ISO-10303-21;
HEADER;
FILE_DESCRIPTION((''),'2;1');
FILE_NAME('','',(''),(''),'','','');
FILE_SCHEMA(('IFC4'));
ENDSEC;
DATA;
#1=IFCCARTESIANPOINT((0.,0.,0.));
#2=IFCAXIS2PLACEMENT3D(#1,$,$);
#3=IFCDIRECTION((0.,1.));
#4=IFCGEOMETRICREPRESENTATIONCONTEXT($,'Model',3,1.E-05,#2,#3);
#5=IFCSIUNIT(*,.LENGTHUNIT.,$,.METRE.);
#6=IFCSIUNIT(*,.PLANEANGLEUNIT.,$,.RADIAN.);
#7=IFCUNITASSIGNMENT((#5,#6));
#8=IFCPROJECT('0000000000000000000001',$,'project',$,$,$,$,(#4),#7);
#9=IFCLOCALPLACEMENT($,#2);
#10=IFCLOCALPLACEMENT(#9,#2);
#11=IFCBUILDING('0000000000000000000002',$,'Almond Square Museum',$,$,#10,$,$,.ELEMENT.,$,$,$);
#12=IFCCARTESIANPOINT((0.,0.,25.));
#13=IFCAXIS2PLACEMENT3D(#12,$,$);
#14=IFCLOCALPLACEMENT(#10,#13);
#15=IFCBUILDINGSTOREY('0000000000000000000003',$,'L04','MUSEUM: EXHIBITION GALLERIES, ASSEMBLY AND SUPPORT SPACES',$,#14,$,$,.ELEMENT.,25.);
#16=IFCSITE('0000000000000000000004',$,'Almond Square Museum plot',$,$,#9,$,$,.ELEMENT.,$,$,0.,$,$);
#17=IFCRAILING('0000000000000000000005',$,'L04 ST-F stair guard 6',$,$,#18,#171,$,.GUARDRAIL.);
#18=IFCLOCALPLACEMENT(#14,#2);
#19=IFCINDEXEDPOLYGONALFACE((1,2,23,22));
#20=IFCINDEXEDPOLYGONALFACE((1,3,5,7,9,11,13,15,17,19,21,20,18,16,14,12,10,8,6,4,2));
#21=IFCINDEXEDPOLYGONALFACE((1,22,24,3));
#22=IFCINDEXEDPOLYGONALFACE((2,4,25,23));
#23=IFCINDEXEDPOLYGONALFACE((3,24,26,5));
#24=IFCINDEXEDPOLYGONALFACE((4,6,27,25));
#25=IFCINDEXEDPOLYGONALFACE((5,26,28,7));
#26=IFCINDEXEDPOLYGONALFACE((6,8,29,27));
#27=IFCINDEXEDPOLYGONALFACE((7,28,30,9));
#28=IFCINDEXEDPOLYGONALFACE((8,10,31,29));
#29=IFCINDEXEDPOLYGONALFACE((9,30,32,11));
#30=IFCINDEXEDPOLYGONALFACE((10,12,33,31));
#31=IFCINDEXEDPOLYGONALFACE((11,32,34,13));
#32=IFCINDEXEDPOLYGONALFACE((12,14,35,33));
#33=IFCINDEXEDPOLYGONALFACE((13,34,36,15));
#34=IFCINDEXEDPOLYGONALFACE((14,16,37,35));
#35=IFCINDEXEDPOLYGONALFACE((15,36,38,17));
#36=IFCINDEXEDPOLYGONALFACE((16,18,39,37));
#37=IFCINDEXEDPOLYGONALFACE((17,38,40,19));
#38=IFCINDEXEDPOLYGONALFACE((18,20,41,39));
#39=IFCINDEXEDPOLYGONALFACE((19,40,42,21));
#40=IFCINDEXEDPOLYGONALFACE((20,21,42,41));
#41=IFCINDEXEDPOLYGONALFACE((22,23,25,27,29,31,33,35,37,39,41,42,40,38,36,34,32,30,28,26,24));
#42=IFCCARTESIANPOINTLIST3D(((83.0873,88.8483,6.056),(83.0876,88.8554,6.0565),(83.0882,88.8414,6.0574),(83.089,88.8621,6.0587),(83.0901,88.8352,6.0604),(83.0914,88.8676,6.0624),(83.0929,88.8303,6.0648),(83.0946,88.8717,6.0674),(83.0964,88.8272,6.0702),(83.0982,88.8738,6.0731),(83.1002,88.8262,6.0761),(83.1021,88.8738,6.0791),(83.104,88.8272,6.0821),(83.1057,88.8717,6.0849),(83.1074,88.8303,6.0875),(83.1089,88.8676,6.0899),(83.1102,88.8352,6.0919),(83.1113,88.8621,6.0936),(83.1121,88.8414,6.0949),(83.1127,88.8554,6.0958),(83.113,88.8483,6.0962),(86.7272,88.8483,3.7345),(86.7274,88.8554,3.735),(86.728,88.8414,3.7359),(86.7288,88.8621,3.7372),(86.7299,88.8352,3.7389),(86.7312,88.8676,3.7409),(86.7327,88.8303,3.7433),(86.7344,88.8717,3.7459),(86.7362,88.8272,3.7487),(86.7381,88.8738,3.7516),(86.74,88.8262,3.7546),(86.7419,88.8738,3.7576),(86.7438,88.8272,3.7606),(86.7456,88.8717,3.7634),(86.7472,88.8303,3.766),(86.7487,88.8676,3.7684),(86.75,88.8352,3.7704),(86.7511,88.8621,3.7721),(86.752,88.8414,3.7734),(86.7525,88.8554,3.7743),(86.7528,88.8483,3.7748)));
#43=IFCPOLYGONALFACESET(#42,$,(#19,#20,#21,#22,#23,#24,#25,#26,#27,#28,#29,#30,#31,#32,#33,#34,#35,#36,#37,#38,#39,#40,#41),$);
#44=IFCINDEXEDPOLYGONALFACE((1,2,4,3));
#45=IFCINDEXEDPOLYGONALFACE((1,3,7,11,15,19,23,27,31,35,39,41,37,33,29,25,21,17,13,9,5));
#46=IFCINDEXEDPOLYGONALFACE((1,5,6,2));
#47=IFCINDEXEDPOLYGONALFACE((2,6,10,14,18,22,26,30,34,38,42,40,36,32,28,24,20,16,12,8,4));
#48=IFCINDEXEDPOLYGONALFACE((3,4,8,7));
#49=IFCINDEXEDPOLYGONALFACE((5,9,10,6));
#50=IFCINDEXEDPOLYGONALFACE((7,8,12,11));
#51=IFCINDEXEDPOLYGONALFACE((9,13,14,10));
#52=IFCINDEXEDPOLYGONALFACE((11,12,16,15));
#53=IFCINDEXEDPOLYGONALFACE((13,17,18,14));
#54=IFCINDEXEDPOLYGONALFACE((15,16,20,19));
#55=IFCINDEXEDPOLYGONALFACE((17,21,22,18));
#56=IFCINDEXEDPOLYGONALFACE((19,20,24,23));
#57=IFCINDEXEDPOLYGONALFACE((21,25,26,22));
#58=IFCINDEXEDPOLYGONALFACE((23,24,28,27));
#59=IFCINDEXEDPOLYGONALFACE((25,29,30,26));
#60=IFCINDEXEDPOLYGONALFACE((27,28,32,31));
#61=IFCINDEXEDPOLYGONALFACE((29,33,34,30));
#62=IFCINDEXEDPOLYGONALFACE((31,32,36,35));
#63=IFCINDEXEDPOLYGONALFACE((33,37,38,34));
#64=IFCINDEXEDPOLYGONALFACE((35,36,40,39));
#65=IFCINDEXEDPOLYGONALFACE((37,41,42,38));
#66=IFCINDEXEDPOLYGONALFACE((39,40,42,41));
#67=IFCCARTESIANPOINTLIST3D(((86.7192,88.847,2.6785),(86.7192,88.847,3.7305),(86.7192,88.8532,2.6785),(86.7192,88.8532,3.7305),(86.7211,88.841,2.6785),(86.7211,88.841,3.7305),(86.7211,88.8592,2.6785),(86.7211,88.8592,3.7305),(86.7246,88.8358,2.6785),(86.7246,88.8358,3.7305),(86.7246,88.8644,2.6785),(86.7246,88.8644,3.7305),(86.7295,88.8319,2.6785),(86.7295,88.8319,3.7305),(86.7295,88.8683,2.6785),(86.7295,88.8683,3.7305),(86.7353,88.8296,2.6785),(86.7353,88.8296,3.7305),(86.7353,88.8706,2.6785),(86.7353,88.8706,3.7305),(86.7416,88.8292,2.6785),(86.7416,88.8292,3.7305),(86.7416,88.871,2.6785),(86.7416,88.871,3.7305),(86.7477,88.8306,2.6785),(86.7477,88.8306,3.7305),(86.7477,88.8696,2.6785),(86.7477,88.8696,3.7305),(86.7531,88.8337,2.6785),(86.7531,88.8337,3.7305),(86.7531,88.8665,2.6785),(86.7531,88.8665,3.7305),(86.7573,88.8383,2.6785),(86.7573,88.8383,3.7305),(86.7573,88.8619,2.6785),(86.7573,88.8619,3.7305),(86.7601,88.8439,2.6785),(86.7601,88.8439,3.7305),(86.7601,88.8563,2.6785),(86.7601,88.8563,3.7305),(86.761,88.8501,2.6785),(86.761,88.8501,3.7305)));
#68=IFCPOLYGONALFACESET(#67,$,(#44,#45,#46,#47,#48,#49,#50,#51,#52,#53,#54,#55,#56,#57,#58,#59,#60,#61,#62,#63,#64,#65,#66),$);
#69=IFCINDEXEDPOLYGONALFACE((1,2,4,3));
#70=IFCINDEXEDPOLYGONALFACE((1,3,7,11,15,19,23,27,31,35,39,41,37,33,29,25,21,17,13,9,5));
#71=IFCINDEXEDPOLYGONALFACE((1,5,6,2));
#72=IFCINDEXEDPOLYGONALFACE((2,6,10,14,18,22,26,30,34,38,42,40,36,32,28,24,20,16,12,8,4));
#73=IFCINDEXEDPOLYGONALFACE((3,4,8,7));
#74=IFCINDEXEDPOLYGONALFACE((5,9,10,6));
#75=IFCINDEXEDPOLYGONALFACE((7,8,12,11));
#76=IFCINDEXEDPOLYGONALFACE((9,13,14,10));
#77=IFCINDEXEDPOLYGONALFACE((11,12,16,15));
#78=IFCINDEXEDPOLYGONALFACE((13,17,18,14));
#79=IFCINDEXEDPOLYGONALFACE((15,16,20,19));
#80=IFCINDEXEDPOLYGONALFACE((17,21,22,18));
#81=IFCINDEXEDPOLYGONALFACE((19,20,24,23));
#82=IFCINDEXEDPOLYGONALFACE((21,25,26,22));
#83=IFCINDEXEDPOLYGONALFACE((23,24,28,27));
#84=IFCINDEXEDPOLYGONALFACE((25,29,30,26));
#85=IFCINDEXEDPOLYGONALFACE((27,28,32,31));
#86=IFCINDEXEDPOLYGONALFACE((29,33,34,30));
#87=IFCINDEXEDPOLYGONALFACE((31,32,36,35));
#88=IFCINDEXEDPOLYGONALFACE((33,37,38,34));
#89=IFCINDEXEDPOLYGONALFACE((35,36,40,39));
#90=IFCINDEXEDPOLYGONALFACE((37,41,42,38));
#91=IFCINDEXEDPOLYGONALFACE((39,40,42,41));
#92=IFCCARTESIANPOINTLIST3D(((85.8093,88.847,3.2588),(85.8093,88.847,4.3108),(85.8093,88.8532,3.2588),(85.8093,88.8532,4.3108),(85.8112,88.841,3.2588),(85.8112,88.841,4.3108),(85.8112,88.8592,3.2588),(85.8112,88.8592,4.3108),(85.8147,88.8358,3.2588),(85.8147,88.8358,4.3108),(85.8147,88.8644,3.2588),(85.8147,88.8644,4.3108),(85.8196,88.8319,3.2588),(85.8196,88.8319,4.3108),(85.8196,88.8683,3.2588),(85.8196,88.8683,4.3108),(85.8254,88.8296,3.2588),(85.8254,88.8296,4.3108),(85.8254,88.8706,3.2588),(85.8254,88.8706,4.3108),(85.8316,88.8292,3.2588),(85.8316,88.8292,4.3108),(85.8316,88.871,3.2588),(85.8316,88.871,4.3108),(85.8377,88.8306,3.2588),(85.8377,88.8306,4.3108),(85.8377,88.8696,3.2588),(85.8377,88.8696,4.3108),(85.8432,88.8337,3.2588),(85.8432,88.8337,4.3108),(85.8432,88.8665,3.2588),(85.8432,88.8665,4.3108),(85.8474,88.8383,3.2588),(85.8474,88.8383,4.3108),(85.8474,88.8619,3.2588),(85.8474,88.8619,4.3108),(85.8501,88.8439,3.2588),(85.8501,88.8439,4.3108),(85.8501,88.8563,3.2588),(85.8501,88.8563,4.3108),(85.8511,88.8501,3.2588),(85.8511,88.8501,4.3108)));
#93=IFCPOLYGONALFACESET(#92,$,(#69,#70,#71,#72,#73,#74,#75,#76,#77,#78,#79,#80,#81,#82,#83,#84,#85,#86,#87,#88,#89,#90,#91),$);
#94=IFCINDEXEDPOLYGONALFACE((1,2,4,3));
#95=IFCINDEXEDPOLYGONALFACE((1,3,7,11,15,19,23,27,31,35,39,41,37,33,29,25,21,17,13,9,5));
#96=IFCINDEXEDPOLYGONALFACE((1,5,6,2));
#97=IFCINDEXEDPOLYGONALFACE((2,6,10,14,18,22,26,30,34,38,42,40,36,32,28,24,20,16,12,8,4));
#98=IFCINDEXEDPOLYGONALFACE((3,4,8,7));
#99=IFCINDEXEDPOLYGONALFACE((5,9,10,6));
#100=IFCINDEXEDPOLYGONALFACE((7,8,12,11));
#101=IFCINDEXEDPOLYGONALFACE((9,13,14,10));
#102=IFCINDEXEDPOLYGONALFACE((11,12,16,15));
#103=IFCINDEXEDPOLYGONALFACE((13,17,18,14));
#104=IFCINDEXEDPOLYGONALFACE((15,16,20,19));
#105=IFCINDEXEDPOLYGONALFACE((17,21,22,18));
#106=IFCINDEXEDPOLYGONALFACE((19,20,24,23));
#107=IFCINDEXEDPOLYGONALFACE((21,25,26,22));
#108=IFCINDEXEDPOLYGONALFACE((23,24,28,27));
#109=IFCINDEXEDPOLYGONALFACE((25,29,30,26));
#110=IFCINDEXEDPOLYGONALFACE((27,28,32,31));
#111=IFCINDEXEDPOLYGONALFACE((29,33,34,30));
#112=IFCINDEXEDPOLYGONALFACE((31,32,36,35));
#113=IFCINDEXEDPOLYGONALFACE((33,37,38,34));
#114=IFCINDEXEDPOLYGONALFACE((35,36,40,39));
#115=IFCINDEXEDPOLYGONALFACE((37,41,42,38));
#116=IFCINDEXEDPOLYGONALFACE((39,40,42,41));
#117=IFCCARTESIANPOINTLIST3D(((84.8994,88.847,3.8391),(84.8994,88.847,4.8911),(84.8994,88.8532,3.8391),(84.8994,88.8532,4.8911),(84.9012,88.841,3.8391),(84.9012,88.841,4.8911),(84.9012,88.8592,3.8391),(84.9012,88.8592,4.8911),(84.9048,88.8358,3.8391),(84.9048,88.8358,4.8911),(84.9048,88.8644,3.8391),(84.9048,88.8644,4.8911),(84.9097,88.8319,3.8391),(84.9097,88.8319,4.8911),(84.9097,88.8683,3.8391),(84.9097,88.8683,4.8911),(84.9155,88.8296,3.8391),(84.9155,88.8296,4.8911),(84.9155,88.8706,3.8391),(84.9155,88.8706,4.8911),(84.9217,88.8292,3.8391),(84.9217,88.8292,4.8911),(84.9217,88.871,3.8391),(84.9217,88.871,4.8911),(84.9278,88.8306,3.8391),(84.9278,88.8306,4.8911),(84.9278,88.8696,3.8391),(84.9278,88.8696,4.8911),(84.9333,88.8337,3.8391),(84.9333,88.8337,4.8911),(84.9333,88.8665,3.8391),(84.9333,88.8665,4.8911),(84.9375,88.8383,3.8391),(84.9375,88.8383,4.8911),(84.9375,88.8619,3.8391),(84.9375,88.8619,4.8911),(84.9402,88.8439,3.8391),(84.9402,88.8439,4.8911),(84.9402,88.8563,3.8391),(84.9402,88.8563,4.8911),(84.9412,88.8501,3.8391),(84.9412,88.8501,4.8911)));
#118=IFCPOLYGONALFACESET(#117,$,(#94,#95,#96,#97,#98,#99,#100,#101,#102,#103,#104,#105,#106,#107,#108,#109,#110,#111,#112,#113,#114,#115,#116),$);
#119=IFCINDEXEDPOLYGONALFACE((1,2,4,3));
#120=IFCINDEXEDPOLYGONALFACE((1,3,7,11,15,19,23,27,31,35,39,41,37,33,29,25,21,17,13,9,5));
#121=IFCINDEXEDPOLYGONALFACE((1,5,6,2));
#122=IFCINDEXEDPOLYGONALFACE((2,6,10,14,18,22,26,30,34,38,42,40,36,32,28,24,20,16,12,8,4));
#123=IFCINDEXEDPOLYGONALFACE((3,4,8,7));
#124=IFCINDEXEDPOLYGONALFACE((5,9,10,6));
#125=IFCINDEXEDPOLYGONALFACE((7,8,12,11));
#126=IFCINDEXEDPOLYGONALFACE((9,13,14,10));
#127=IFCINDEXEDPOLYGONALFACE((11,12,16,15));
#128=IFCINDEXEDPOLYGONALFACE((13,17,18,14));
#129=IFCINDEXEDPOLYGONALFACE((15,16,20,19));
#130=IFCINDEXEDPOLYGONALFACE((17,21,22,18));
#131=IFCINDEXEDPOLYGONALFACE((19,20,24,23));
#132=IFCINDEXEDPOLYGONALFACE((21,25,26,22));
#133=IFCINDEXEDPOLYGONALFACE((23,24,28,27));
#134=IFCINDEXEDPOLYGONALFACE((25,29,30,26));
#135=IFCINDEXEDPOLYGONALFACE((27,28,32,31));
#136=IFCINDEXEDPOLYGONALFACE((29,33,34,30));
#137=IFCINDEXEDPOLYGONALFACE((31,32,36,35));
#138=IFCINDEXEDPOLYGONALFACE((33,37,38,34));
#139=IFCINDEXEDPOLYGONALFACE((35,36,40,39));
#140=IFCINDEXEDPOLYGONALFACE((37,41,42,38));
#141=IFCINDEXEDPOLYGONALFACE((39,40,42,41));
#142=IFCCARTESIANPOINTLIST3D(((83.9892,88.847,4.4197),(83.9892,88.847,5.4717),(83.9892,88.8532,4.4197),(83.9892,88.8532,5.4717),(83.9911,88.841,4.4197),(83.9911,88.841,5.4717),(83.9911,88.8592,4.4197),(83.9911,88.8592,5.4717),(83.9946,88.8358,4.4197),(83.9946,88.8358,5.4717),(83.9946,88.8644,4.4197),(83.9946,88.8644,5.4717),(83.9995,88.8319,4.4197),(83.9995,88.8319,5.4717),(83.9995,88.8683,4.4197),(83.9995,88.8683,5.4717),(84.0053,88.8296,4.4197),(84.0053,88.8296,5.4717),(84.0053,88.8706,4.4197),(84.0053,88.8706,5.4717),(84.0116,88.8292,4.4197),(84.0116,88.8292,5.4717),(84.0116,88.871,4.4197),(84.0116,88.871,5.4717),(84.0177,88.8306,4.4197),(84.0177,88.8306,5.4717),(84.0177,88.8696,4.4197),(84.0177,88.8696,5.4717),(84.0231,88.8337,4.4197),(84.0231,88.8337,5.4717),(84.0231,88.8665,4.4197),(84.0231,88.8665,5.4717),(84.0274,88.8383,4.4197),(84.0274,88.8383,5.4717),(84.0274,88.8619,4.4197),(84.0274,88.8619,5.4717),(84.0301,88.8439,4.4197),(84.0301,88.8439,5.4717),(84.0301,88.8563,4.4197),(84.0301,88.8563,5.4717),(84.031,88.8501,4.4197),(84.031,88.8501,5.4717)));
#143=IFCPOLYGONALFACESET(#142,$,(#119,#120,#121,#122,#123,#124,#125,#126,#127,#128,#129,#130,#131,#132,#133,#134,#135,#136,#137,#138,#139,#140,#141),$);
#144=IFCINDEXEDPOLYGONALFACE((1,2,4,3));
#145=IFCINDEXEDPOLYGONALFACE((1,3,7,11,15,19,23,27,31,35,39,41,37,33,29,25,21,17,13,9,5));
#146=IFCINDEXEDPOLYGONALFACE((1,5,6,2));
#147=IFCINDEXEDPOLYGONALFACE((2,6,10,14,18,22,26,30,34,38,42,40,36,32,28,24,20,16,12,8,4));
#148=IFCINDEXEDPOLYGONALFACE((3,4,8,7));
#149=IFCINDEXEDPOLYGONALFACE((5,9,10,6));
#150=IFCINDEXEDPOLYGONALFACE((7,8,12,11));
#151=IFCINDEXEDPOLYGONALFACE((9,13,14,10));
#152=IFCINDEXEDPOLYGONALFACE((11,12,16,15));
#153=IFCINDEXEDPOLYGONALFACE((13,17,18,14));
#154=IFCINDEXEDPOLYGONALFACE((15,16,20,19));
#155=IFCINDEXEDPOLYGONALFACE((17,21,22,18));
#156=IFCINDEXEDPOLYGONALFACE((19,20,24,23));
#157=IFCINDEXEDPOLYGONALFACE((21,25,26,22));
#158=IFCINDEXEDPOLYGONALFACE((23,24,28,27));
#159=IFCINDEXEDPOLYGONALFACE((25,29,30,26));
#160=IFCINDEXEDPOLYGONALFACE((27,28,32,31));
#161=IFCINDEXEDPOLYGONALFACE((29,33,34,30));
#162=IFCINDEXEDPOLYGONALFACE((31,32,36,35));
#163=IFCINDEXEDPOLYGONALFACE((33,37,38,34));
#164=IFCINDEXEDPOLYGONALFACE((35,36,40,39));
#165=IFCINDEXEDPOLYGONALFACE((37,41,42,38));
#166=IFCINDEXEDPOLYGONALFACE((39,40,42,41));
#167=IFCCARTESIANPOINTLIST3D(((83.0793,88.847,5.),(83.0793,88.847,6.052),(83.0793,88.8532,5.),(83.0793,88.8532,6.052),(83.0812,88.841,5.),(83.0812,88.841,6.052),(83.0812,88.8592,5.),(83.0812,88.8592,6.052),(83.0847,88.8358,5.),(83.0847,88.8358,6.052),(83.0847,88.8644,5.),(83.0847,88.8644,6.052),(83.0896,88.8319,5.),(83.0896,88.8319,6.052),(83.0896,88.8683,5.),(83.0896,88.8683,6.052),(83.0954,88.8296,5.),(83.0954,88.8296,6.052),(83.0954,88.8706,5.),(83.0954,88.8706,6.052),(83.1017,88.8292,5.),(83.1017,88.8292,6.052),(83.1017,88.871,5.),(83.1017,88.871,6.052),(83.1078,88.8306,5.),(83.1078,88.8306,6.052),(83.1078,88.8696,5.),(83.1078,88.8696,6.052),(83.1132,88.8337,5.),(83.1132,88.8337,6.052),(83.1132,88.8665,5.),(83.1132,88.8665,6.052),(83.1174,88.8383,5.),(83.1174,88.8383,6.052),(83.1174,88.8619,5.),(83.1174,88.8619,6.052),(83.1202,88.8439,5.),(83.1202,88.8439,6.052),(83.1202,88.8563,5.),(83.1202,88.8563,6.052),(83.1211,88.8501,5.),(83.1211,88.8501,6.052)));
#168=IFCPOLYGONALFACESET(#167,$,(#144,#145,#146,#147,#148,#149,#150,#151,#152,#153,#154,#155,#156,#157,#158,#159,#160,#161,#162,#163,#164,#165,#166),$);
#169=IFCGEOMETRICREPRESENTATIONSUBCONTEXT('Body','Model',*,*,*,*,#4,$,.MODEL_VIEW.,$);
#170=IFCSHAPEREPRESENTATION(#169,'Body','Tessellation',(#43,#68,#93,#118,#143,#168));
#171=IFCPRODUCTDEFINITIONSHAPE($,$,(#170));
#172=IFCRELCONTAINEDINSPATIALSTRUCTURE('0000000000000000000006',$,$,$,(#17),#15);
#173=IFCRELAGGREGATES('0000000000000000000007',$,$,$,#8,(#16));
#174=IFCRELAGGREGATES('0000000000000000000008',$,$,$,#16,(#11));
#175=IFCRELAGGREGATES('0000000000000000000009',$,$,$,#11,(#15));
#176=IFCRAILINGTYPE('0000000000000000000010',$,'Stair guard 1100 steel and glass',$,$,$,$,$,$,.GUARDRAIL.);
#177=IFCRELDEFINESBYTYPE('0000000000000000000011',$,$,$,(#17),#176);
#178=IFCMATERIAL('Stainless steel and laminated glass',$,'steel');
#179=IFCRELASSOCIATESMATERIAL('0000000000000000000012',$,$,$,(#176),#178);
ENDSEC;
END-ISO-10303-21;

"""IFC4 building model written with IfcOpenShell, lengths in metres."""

from ifc_helpers import new_model, si_unit, direction, frame, origin, origin_2d, place, context, subcontext, project, spatial, circle, extrude, material, type_object, element, save


model = new_model("IFC4")

# Units and contexts
model_context = context("Model", 3, precision=1e-05, world=origin(), true_north=direction((0.0, 1.0)))
body_context = subcontext(model_context, "Body", "Model", "MODEL_VIEW")
ifc_project = project(units=[si_unit("LENGTHUNIT", "METRE"), si_unit("PLANEANGLEUNIT", "RADIAN")], contexts=[model_context])

# Site, building, storey
site_placement = place(None, origin())
site = spatial("IfcSite", under=ifc_project, at=site_placement, Name="Almond Square Museum plot", CompositionType="ELEMENT", RefElevation=0.0)
building_placement = place(site_placement, origin())
building = spatial("IfcBuilding", under=site, at=building_placement, Name="Almond Square Museum", CompositionType="ELEMENT")
storey_placement = place(building_placement, frame((0.0, 0.0, 25.0)))
storey = spatial("IfcBuildingStorey", under=building, at=storey_placement, Name="L04", Description="MUSEUM: EXHIBITION GALLERIES, ASSEMBLY AND SUPPORT SPACES", CompositionType="ELEMENT", Elevation=25.0)

# Railing
ifc_material_1 = material(Name="Stainless steel and laminated glass", Category="steel")
railing_type_1 = type_object("IfcRailingType", Name="Stair guard 1100 steel and glass", PredefinedType="GUARDRAIL", material=ifc_material_1)
railing_1_placement = place(storey_placement, frame((86.74, 88.8501, 2.6785)))
element("IfcRailing", 1, at=railing_1_placement, inside=storey, type_object=railing_type_1, Name="L04 ST-F stair guard 6", PredefinedType="GUARDRAIL", context=body_context, shape_type="SweptSolid", body=[
    extrude(circle(Radius=0.0239, at=origin_2d()), frame((0.0, 0.0, 1.0762), z_axis=(-0.843112, 0.0, 0.537739), x_axis=(0.0, -1.0, 0.0)), (0.0, 0.0, 1.0), 4.3171),
    extrude(circle(Radius=0.021, at=origin_2d()), origin(), (0.0, 0.0, 1.0), 1.052),
    extrude(circle(Radius=0.021, at=origin_2d()), frame((-0.9099, 0.0, 0.5803)), (0.0, 0.0, 1.0), 1.052),
    extrude(circle(Radius=0.021, at=origin_2d()), frame((-1.8198, 0.0, 1.1606)), (0.0, 0.0, 1.0), 1.052),
    extrude(circle(Radius=0.021, at=origin_2d()), frame((-2.73, 0.0, 1.7412)), (0.0, 0.0, 1.0), 1.052),
    extrude(circle(Radius=0.021, at=origin_2d()), frame((-3.6399, 0.0, 2.3215)), (0.0, 0.0, 1.0), 1.052),
])

save(model, "model.ifc")
